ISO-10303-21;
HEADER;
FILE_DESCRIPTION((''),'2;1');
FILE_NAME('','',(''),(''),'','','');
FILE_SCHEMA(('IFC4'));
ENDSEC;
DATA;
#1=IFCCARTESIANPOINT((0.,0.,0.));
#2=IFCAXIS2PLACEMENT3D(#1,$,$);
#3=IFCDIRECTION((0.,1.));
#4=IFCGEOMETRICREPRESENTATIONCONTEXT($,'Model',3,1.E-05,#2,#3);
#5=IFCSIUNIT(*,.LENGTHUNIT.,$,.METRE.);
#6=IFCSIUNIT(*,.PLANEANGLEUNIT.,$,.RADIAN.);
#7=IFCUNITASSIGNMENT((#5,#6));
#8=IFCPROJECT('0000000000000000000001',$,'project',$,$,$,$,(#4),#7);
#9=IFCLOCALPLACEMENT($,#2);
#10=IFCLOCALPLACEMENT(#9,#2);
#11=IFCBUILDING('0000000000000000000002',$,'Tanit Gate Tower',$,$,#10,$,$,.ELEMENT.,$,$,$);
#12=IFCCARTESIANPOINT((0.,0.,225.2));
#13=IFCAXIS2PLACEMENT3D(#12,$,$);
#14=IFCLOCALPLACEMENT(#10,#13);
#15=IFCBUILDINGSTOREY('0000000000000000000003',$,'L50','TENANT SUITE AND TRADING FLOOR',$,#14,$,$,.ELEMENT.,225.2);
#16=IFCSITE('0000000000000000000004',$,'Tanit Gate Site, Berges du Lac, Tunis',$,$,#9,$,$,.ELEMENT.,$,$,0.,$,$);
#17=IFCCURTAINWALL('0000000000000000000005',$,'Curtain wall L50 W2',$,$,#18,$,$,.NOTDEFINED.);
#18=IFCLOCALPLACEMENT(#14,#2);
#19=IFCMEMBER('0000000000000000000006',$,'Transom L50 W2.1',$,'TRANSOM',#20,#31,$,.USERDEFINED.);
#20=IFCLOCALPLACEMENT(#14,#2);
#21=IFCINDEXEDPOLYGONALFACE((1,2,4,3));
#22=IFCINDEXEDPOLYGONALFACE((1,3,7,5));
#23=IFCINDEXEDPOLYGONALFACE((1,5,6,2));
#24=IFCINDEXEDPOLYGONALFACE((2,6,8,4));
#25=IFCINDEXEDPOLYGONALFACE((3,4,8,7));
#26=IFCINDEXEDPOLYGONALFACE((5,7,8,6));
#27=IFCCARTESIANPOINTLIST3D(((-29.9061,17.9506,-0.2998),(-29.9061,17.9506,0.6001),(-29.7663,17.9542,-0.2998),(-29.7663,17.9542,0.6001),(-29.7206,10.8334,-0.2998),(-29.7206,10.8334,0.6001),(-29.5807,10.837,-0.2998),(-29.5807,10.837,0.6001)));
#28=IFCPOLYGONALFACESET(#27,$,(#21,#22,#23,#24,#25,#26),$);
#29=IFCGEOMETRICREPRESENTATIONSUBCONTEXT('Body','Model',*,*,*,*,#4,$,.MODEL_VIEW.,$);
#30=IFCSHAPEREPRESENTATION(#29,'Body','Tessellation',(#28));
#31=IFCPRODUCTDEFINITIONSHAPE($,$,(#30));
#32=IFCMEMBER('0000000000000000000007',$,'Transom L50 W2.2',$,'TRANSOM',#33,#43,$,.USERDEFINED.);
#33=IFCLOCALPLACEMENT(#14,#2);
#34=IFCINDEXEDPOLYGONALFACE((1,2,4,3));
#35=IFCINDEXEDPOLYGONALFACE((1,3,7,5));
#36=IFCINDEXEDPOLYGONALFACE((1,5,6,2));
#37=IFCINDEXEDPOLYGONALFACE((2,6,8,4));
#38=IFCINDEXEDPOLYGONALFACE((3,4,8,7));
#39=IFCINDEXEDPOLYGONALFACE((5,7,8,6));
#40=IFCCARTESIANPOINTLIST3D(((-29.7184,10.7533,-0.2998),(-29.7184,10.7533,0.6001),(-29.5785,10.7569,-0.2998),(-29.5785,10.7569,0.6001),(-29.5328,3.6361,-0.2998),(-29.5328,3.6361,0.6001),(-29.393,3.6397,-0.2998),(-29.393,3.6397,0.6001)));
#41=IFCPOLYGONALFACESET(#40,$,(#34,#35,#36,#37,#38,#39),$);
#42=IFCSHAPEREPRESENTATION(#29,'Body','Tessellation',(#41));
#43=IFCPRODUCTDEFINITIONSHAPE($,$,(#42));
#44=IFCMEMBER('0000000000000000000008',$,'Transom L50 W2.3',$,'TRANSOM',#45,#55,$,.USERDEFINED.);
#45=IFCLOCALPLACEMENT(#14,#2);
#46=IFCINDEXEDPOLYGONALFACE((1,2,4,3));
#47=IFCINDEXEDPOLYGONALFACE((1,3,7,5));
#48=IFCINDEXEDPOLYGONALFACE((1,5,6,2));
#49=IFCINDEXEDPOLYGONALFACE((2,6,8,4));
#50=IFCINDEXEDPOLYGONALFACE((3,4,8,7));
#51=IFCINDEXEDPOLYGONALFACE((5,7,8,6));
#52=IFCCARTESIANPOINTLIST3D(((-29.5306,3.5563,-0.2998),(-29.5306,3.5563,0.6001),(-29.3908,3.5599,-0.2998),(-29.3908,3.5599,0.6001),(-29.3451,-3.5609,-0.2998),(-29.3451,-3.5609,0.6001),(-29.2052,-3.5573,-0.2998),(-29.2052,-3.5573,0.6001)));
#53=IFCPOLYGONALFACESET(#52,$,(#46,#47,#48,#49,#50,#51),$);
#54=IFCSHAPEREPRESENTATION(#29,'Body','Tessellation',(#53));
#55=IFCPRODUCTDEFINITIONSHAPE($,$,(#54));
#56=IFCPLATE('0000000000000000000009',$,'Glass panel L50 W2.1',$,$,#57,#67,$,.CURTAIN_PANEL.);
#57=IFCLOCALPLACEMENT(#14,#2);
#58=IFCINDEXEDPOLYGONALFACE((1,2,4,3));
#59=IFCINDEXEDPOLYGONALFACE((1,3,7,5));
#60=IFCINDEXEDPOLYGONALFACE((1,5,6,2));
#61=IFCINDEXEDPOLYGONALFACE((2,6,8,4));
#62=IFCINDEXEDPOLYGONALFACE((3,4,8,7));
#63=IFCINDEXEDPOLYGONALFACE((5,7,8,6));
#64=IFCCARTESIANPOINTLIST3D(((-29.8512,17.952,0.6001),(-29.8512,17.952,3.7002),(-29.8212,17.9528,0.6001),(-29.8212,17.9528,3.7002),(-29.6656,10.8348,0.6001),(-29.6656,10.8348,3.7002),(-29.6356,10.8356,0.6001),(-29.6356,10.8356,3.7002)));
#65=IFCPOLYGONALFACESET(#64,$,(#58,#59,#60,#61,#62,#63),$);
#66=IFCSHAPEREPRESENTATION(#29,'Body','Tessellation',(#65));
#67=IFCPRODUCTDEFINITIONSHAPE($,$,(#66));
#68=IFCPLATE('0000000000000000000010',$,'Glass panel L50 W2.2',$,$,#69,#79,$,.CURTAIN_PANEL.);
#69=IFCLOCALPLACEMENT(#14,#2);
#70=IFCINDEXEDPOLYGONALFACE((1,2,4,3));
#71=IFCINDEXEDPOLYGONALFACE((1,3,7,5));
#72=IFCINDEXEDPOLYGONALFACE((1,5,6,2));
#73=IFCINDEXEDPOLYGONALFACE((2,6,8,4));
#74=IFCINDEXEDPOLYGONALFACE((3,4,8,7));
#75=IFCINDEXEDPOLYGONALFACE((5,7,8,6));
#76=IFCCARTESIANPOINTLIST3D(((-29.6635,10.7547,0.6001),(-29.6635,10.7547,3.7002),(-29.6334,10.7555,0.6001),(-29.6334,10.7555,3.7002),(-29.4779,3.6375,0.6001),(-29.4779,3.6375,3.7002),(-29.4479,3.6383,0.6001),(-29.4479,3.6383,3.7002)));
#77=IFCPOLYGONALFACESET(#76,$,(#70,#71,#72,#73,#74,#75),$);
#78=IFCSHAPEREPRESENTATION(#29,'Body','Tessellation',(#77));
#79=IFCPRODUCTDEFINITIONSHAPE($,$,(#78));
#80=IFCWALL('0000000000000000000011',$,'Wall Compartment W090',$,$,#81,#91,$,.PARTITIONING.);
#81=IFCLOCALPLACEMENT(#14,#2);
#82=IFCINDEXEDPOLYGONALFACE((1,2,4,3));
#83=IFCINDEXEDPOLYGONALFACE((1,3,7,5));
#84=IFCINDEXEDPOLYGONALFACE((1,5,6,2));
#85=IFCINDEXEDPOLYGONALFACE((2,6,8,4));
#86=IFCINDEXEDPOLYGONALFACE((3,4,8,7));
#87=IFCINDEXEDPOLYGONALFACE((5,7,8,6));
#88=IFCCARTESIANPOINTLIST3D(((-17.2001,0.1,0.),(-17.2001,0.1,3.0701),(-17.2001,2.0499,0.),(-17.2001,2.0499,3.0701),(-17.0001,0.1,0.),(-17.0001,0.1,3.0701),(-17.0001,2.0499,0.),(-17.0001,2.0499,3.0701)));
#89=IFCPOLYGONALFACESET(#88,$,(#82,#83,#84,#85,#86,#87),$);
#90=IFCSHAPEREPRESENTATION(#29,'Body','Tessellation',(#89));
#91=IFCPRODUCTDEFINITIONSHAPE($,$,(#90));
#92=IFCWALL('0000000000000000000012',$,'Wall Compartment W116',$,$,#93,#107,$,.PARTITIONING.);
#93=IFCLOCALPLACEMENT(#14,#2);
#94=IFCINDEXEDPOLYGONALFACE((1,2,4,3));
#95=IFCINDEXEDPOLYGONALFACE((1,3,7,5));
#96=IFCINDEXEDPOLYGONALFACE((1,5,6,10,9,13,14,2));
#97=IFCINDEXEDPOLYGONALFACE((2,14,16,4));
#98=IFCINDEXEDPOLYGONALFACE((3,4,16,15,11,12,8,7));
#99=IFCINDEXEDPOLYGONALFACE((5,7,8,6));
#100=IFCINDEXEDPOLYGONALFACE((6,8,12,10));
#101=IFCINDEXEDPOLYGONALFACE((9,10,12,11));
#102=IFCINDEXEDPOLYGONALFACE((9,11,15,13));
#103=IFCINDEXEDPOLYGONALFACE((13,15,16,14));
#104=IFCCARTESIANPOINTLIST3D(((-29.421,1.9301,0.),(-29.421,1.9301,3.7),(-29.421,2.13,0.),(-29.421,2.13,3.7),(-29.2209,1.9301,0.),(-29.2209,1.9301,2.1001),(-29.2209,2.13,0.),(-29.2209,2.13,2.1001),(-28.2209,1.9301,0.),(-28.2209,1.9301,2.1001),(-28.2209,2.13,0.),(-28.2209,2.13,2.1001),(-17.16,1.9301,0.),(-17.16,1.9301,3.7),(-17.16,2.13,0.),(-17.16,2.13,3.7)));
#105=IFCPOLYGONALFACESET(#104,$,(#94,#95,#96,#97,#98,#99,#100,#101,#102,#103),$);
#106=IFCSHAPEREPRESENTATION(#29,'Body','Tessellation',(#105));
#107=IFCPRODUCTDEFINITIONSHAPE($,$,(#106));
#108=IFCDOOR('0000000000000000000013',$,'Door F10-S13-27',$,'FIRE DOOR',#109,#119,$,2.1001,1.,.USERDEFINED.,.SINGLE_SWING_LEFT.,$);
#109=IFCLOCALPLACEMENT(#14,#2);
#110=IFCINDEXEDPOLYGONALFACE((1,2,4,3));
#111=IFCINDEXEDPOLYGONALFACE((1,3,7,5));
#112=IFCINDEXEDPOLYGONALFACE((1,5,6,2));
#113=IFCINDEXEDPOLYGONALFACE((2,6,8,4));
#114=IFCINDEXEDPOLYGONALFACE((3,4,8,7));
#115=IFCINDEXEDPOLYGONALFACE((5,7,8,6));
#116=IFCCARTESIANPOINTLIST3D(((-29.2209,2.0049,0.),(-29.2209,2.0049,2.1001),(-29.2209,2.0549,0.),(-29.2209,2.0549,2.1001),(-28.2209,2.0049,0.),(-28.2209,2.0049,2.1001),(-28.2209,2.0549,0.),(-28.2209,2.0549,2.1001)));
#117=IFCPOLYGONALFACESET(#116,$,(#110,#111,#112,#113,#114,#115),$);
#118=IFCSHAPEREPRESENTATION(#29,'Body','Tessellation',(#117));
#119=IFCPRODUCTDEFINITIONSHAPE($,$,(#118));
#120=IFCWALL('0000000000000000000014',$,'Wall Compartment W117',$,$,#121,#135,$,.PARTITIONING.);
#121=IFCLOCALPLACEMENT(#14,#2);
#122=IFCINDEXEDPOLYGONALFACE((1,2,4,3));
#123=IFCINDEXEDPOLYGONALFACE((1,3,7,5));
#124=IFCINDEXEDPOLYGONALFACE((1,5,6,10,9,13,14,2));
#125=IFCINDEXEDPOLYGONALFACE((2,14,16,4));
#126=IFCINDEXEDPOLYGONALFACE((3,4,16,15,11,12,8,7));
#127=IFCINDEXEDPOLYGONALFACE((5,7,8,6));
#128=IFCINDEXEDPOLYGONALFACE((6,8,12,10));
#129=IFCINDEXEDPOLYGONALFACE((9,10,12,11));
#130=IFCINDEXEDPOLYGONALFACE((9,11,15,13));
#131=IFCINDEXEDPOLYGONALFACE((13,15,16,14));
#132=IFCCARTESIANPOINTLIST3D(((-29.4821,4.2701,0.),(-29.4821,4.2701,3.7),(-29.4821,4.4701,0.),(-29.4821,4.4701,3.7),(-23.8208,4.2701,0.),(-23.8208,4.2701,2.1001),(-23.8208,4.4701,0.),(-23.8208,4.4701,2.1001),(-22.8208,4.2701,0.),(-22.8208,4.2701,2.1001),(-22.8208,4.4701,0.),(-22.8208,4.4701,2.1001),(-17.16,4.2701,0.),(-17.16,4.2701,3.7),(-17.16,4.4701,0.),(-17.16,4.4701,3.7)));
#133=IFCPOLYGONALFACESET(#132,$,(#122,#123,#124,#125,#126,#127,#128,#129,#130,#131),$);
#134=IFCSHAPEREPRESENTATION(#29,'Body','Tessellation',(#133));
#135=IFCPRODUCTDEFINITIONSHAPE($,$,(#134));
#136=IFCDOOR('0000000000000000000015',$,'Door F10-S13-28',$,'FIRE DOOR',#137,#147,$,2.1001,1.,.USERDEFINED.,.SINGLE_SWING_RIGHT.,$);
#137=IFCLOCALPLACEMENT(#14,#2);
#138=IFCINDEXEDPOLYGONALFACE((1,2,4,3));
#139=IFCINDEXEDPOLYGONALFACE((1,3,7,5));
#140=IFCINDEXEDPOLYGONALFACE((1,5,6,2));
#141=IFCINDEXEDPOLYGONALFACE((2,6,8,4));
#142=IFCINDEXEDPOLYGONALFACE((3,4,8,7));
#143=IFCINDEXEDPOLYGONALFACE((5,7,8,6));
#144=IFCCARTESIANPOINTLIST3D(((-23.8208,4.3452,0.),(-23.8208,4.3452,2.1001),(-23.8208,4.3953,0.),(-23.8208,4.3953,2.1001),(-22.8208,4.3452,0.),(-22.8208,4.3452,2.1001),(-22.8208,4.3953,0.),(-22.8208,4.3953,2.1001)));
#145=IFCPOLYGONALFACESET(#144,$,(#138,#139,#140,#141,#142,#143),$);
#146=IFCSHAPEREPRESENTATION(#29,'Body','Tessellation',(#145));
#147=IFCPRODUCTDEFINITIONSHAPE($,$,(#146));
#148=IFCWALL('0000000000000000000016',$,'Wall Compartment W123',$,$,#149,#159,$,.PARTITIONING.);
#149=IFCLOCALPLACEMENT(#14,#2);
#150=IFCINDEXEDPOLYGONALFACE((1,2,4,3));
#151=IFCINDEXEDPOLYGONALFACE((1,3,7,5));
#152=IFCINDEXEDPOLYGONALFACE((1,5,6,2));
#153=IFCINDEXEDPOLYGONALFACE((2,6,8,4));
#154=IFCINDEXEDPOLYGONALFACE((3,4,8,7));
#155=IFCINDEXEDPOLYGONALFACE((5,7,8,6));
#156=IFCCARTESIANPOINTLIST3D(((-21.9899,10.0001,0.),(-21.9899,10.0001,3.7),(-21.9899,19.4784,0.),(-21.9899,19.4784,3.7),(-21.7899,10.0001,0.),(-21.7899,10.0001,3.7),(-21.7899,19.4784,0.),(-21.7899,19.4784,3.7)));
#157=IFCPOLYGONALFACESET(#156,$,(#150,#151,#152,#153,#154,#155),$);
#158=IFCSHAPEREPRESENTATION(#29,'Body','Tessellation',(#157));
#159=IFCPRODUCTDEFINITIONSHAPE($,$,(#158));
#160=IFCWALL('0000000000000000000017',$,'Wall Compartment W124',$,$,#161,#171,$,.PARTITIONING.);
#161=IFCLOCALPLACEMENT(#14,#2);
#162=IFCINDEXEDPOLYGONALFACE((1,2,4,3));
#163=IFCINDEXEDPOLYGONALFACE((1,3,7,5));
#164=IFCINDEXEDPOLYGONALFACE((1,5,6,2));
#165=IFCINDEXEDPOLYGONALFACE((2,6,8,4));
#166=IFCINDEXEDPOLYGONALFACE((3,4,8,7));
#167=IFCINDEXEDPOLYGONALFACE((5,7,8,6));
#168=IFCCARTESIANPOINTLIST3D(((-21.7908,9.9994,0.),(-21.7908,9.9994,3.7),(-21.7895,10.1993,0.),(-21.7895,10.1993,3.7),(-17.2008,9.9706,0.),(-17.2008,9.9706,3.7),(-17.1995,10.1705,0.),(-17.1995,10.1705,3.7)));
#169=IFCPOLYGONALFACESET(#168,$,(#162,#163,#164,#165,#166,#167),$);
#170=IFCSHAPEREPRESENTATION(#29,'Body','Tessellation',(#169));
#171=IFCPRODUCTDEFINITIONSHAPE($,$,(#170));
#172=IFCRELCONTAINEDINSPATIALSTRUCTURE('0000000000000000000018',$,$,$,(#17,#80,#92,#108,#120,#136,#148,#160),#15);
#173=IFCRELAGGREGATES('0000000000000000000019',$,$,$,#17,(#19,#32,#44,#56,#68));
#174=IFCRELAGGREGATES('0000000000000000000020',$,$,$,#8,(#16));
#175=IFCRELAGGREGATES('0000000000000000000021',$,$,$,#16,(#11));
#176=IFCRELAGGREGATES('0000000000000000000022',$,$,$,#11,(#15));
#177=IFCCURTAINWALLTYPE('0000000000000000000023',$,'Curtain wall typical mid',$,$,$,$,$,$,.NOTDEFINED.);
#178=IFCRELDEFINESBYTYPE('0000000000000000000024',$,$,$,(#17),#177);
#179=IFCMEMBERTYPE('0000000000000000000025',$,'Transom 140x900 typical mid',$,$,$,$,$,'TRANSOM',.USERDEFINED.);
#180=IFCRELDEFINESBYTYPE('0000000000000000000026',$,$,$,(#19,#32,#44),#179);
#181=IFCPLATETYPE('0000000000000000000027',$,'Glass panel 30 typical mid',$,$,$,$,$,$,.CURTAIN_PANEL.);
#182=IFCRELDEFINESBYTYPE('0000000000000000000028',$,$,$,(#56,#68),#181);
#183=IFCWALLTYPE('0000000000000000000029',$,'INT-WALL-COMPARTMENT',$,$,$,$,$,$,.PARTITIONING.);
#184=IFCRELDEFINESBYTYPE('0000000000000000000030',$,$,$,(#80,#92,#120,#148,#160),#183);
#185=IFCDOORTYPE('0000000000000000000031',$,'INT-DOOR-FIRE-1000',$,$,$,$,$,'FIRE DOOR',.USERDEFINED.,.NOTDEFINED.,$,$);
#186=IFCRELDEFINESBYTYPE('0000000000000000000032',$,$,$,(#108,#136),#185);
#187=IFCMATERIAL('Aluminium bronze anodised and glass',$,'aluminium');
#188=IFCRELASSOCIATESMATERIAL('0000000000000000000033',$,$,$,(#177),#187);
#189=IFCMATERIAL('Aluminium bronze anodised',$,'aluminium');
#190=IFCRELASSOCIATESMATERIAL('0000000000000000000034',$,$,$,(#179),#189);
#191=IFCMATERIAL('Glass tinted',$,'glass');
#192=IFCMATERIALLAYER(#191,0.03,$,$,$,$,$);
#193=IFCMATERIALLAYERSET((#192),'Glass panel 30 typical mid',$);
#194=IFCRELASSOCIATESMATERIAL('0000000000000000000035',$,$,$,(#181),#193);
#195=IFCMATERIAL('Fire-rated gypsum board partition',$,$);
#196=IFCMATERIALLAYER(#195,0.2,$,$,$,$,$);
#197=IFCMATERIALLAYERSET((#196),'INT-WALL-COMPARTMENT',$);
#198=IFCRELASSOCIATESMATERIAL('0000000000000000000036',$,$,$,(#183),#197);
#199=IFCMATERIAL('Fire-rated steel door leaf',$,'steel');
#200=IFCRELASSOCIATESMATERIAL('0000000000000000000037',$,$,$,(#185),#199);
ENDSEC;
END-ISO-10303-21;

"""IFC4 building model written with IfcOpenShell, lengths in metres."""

from ifc_helpers import new_model, si_unit, direction, frame, frame_2d, origin, origin_2d, place, context, subcontext, project, spatial, rectangle, extrude, material, layer, layer_set, material_profile, profile_set, type_object, element, fill, aggregate, save


model = new_model("IFC4")

# Units and contexts
model_context = context("Model", 3, precision=1e-05, world=origin(), true_north=direction((0.0, 1.0)))
body_context = subcontext(model_context, "Body", "Model", "MODEL_VIEW")
ifc_project = project(units=[si_unit("LENGTHUNIT", "METRE"), si_unit("PLANEANGLEUNIT", "RADIAN")], contexts=[model_context])

# Site, building, storey
site_placement = place(None, origin())
site = spatial("IfcSite", under=ifc_project, at=site_placement, Name="Tanit Gate Site, Berges du Lac, Tunis", CompositionType="ELEMENT", RefElevation=0.0)
building_placement = place(site_placement, origin())
building = spatial("IfcBuilding", under=site, at=building_placement, Name="Tanit Gate Tower", CompositionType="ELEMENT")
storey_placement = place(building_placement, frame((0.0, 0.0, 225.2)))
storey = spatial("IfcBuildingStorey", under=building, at=storey_placement, Name="L50", Description="TENANT SUITE AND TRADING FLOOR", CompositionType="ELEMENT", Elevation=225.2)

# Curtain wall
ifc_material_1 = material(Name="Aluminium bronze anodised and glass", Category="aluminium")
curtain_wall_type = type_object("IfcCurtainWallType", Name="Curtain wall typical mid", PredefinedType="NOTDEFINED", material=ifc_material_1)
curtain_wall_1_placement = place(storey_placement, origin())
curtain_wall_1 = element("IfcCurtainWall", 1, at=curtain_wall_1_placement, inside=storey, type_object=curtain_wall_type, Name="Curtain wall L50 W2", PredefinedType="NOTDEFINED")

# Members
ifc_material_2 = material(Name="Aluminium bronze anodised", Category="aluminium")
ifc_material_profile_1 = material_profile(ifc_material_2, rectangle(XDim=0.1399, YDim=0.8999, at=origin_2d()), Name="140x900 bronze transom")
ifc_profile_set_1 = profile_set([ifc_material_profile_1], Name="Aluminium bronze anodised")
member_type_1 = type_object("IfcMemberType", Name="Transom 140x900 typical mid", ElementType="TRANSOM", PredefinedType="USERDEFINED", material=ifc_profile_set_1)
member_1_placement = place(storey_placement, frame((-29.8362, 17.9524, 0.1501), z_axis=(0.026061, -0.99966, 0.0), x_axis=(0.99966, 0.026061, 0.0)))
member_1 = element("IfcMember", 2, at=member_1_placement, type_object=member_type_1, Name="Transom L50 W2.1", ObjectType="TRANSOM", PredefinedType="USERDEFINED", context=body_context, shape_type="SweptSolid", body=[
    extrude(rectangle(XDim=0.1399, YDim=0.8999, at=origin_2d()), origin(), (0.0, 0.0, 1.0), 7.1196),
])
member_2_placement = place(storey_placement, frame((-29.6484, 10.7551, 0.1501), z_axis=(0.026061, -0.99966, 0.0), x_axis=(0.99966, 0.026061, 0.0)))
member_2 = element("IfcMember", 3, at=member_2_placement, type_object=member_type_1, Name="Transom L50 W2.2", ObjectType="TRANSOM", PredefinedType="USERDEFINED", context=body_context, shape_type="SweptSolid", body=[
    extrude(rectangle(XDim=0.1399, YDim=0.8999, at=origin_2d()), origin(), (0.0, 0.0, 1.0), 7.1196),
])
member_3_placement = place(storey_placement, frame((-29.4607, 3.5581, 0.1501), z_axis=(0.026061, -0.99966, 0.0), x_axis=(0.99966, 0.026061, 0.0)))
member_3 = element("IfcMember", 4, at=member_3_placement, type_object=member_type_1, Name="Transom L50 W2.3", ObjectType="TRANSOM", PredefinedType="USERDEFINED", context=body_context, shape_type="SweptSolid", body=[
    extrude(rectangle(XDim=0.1399, YDim=0.8999, at=origin_2d()), origin(), (0.0, 0.0, 1.0), 7.1196),
])

# Plates
ifc_material_3 = material(Name="Glass tinted", Category="glass")
ifc_layer_1 = layer(ifc_material_3, 0.03)
ifc_layer_set_1 = layer_set([ifc_layer_1], Name="Glass panel 30 typical mid")
plate_type = type_object("IfcPlateType", Name="Glass panel 30 typical mid", PredefinedType="CURTAIN_PANEL", material=ifc_layer_set_1)
plate_1_placement = place(storey_placement, frame((-29.7434, 14.3938, 0.6001), z_axis=(0.0, 0.0, 1.0), x_axis=(0.026063, -0.99966, 0.0)))
plate_1 = element("IfcPlate", 5, at=plate_1_placement, type_object=plate_type, Name="Glass panel L50 W2.1", PredefinedType="CURTAIN_PANEL", context=body_context, shape_type="SweptSolid", body=[
    extrude(rectangle(XDim=7.1196, YDim=0.03, at=origin_2d()), origin(), (0.0, 0.0, 1.0), 3.1001),
])
plate_2_placement = place(storey_placement, frame((-29.5557, 7.1965, 0.6001), z_axis=(0.0, 0.0, 1.0), x_axis=(0.026063, -0.99966, 0.0)))
plate_2 = element("IfcPlate", 6, at=plate_2_placement, type_object=plate_type, Name="Glass panel L50 W2.2", PredefinedType="CURTAIN_PANEL", context=body_context, shape_type="SweptSolid", body=[
    extrude(rectangle(XDim=7.1196, YDim=0.03, at=origin_2d()), origin(), (0.0, 0.0, 1.0), 3.1001),
])
aggregate(curtain_wall_1, [member_1, member_2, member_3, plate_1, plate_2])

# Wall
ifc_material_4 = material(Name="Fire-rated gypsum board partition")
ifc_layer_2 = layer(ifc_material_4, 0.2)
ifc_layer_set_2 = layer_set([ifc_layer_2], Name="INT-WALL-COMPARTMENT")
wall_type_1 = type_object("IfcWallType", Name="INT-WALL-COMPARTMENT", PredefinedType="PARTITIONING", material=ifc_layer_set_2)
wall_1_placement = place(storey_placement, frame((-17.1001, 2.05, 0.0), z_axis=(0.0, 0.0, 1.0), x_axis=(0.0, -1.0, 0.0)))
element("IfcWall", 7, at=wall_1_placement, inside=storey, type_object=wall_type_1, Name="Wall Compartment W090", PredefinedType="PARTITIONING", context=body_context, shape_type="SweptSolid", body=[
    extrude(rectangle(XDim=1.95, YDim=0.2, at=frame_2d((0.9751, 0.0))), origin(), (0.0, 0.0, 1.0), 3.0701),
])

# Walls, openings, doors
wall_2_placement = place(storey_placement, frame((-29.4209, 2.03, 0.0), z_axis=(0.0, 0.0, 1.0), x_axis=(1.0, 0.0, 0.0)))
wall_2 = element("IfcWall", 8, at=wall_2_placement, inside=storey, type_object=wall_type_1, Name="Wall Compartment W116", PredefinedType="PARTITIONING", context=body_context, shape_type="SweptSolid", body=[
    extrude(rectangle(XDim=12.261, YDim=0.2, at=frame_2d((6.1304, 0.0))), origin(), (0.0, 0.0, 1.0), 3.7),
])
opening_1_placement = place(wall_2_placement, frame((0.2, 0.0, 0.0)))
opening_1 = element("IfcOpeningElement", 9, at=opening_1_placement, cuts=wall_2, PredefinedType="OPENING", context=body_context, shape_type="SweptSolid", body=[
    extrude(rectangle(XDim=1.0, YDim=2.1001, at=frame_2d((0.5, 1.05))), frame((0.0, 0.1099, 0.0), z_axis=(0.0, -1.0, 0.0), x_axis=(1.0, 0.0, 0.0)), (0.0, 0.0, 1.0), 0.22),
])
ifc_material_5 = material(Name="Fire-rated steel door leaf", Category="steel")
door_type_1 = type_object("IfcDoorType", Name="INT-DOOR-FIRE-1000", ElementType="FIRE DOOR", OperationType="NOTDEFINED", PredefinedType="USERDEFINED", material=ifc_material_5)
door_1_placement = place(opening_1_placement, origin())
door_1 = element("IfcDoor", 10, at=door_1_placement, inside=storey, type_object=door_type_1, Name="Door F10-S13-27", ObjectType="FIRE DOOR", OperationType="SINGLE_SWING_LEFT", OverallHeight=2.1001, OverallWidth=1.0, PredefinedType="USERDEFINED", context=body_context, shape_type="SweptSolid", body=[
    extrude(rectangle(XDim=1.0, YDim=2.1001, at=frame_2d((0.5, 1.05))), frame((0.0, 0.0249, 0.0), z_axis=(0.0, -1.0, 0.0), x_axis=(1.0, 0.0, 0.0)), (0.0, 0.0, 1.0), 0.05),
])
fill(opening_1, door_1)
wall_3_placement = place(storey_placement, frame((-17.1599, 4.3701, 0.0), z_axis=(0.0, 0.0, 1.0), x_axis=(-1.0, 0.0, 0.0)))
wall_3 = element("IfcWall", 11, at=wall_3_placement, inside=storey, type_object=wall_type_1, Name="Wall Compartment W117", PredefinedType="PARTITIONING", context=body_context, shape_type="SweptSolid", body=[
    extrude(rectangle(XDim=12.322, YDim=0.2, at=frame_2d((6.1611, 0.0))), origin(), (0.0, 0.0, 1.0), 3.7),
])
opening_2_placement = place(wall_3_placement, frame((5.6609, 0.0, 0.0)))
opening_2 = element("IfcOpeningElement", 12, at=opening_2_placement, cuts=wall_3, PredefinedType="OPENING", context=body_context, shape_type="SweptSolid", body=[
    extrude(rectangle(XDim=1.0, YDim=2.1001, at=frame_2d((0.5, 1.05))), frame((0.0, 0.1099, 0.0), z_axis=(0.0, -1.0, 0.0), x_axis=(1.0, 0.0, 0.0)), (0.0, 0.0, 1.0), 0.22),
])
door_2_placement = place(opening_2_placement, origin())
door_2 = element("IfcDoor", 13, at=door_2_placement, inside=storey, type_object=door_type_1, Name="Door F10-S13-28", ObjectType="FIRE DOOR", OperationType="SINGLE_SWING_RIGHT", OverallHeight=2.1001, OverallWidth=1.0, PredefinedType="USERDEFINED", context=body_context, shape_type="SweptSolid", body=[
    extrude(rectangle(XDim=1.0, YDim=2.1001, at=frame_2d((0.5, 1.05))), frame((0.0, 0.0249, 0.0), z_axis=(0.0, -1.0, 0.0), x_axis=(1.0, 0.0, 0.0)), (0.0, 0.0, 1.0), 0.05),
])
fill(opening_2, door_2)

# Walls
wall_4_placement = place(storey_placement, frame((-21.8899, 10.0, 0.0), z_axis=(0.0, 0.0, 1.0), x_axis=(0.0, 1.0, 0.0)))
element("IfcWall", 14, at=wall_4_placement, inside=storey, type_object=wall_type_1, Name="Wall Compartment W123", PredefinedType="PARTITIONING", context=body_context, shape_type="SweptSolid", body=[
    extrude(rectangle(XDim=9.4783, YDim=0.2, at=frame_2d((4.7393, 0.0))), origin(), (0.0, 0.0, 1.0), 3.7),
])
wall_5_placement = place(storey_placement, frame((-21.79, 10.0994, 0.0), z_axis=(0.0, 0.0, 1.0), x_axis=(0.99998, -0.006276, 0.0)))
element("IfcWall", 15, at=wall_5_placement, inside=storey, type_object=wall_type_1, Name="Wall Compartment W124", PredefinedType="PARTITIONING", context=body_context, shape_type="SweptSolid", body=[
    extrude(rectangle(XDim=4.5901, YDim=0.2, at=frame_2d((2.2949, 0.0))), origin(), (0.0, 0.0, 1.0), 3.7),
])

save(model, "model.ifc")
